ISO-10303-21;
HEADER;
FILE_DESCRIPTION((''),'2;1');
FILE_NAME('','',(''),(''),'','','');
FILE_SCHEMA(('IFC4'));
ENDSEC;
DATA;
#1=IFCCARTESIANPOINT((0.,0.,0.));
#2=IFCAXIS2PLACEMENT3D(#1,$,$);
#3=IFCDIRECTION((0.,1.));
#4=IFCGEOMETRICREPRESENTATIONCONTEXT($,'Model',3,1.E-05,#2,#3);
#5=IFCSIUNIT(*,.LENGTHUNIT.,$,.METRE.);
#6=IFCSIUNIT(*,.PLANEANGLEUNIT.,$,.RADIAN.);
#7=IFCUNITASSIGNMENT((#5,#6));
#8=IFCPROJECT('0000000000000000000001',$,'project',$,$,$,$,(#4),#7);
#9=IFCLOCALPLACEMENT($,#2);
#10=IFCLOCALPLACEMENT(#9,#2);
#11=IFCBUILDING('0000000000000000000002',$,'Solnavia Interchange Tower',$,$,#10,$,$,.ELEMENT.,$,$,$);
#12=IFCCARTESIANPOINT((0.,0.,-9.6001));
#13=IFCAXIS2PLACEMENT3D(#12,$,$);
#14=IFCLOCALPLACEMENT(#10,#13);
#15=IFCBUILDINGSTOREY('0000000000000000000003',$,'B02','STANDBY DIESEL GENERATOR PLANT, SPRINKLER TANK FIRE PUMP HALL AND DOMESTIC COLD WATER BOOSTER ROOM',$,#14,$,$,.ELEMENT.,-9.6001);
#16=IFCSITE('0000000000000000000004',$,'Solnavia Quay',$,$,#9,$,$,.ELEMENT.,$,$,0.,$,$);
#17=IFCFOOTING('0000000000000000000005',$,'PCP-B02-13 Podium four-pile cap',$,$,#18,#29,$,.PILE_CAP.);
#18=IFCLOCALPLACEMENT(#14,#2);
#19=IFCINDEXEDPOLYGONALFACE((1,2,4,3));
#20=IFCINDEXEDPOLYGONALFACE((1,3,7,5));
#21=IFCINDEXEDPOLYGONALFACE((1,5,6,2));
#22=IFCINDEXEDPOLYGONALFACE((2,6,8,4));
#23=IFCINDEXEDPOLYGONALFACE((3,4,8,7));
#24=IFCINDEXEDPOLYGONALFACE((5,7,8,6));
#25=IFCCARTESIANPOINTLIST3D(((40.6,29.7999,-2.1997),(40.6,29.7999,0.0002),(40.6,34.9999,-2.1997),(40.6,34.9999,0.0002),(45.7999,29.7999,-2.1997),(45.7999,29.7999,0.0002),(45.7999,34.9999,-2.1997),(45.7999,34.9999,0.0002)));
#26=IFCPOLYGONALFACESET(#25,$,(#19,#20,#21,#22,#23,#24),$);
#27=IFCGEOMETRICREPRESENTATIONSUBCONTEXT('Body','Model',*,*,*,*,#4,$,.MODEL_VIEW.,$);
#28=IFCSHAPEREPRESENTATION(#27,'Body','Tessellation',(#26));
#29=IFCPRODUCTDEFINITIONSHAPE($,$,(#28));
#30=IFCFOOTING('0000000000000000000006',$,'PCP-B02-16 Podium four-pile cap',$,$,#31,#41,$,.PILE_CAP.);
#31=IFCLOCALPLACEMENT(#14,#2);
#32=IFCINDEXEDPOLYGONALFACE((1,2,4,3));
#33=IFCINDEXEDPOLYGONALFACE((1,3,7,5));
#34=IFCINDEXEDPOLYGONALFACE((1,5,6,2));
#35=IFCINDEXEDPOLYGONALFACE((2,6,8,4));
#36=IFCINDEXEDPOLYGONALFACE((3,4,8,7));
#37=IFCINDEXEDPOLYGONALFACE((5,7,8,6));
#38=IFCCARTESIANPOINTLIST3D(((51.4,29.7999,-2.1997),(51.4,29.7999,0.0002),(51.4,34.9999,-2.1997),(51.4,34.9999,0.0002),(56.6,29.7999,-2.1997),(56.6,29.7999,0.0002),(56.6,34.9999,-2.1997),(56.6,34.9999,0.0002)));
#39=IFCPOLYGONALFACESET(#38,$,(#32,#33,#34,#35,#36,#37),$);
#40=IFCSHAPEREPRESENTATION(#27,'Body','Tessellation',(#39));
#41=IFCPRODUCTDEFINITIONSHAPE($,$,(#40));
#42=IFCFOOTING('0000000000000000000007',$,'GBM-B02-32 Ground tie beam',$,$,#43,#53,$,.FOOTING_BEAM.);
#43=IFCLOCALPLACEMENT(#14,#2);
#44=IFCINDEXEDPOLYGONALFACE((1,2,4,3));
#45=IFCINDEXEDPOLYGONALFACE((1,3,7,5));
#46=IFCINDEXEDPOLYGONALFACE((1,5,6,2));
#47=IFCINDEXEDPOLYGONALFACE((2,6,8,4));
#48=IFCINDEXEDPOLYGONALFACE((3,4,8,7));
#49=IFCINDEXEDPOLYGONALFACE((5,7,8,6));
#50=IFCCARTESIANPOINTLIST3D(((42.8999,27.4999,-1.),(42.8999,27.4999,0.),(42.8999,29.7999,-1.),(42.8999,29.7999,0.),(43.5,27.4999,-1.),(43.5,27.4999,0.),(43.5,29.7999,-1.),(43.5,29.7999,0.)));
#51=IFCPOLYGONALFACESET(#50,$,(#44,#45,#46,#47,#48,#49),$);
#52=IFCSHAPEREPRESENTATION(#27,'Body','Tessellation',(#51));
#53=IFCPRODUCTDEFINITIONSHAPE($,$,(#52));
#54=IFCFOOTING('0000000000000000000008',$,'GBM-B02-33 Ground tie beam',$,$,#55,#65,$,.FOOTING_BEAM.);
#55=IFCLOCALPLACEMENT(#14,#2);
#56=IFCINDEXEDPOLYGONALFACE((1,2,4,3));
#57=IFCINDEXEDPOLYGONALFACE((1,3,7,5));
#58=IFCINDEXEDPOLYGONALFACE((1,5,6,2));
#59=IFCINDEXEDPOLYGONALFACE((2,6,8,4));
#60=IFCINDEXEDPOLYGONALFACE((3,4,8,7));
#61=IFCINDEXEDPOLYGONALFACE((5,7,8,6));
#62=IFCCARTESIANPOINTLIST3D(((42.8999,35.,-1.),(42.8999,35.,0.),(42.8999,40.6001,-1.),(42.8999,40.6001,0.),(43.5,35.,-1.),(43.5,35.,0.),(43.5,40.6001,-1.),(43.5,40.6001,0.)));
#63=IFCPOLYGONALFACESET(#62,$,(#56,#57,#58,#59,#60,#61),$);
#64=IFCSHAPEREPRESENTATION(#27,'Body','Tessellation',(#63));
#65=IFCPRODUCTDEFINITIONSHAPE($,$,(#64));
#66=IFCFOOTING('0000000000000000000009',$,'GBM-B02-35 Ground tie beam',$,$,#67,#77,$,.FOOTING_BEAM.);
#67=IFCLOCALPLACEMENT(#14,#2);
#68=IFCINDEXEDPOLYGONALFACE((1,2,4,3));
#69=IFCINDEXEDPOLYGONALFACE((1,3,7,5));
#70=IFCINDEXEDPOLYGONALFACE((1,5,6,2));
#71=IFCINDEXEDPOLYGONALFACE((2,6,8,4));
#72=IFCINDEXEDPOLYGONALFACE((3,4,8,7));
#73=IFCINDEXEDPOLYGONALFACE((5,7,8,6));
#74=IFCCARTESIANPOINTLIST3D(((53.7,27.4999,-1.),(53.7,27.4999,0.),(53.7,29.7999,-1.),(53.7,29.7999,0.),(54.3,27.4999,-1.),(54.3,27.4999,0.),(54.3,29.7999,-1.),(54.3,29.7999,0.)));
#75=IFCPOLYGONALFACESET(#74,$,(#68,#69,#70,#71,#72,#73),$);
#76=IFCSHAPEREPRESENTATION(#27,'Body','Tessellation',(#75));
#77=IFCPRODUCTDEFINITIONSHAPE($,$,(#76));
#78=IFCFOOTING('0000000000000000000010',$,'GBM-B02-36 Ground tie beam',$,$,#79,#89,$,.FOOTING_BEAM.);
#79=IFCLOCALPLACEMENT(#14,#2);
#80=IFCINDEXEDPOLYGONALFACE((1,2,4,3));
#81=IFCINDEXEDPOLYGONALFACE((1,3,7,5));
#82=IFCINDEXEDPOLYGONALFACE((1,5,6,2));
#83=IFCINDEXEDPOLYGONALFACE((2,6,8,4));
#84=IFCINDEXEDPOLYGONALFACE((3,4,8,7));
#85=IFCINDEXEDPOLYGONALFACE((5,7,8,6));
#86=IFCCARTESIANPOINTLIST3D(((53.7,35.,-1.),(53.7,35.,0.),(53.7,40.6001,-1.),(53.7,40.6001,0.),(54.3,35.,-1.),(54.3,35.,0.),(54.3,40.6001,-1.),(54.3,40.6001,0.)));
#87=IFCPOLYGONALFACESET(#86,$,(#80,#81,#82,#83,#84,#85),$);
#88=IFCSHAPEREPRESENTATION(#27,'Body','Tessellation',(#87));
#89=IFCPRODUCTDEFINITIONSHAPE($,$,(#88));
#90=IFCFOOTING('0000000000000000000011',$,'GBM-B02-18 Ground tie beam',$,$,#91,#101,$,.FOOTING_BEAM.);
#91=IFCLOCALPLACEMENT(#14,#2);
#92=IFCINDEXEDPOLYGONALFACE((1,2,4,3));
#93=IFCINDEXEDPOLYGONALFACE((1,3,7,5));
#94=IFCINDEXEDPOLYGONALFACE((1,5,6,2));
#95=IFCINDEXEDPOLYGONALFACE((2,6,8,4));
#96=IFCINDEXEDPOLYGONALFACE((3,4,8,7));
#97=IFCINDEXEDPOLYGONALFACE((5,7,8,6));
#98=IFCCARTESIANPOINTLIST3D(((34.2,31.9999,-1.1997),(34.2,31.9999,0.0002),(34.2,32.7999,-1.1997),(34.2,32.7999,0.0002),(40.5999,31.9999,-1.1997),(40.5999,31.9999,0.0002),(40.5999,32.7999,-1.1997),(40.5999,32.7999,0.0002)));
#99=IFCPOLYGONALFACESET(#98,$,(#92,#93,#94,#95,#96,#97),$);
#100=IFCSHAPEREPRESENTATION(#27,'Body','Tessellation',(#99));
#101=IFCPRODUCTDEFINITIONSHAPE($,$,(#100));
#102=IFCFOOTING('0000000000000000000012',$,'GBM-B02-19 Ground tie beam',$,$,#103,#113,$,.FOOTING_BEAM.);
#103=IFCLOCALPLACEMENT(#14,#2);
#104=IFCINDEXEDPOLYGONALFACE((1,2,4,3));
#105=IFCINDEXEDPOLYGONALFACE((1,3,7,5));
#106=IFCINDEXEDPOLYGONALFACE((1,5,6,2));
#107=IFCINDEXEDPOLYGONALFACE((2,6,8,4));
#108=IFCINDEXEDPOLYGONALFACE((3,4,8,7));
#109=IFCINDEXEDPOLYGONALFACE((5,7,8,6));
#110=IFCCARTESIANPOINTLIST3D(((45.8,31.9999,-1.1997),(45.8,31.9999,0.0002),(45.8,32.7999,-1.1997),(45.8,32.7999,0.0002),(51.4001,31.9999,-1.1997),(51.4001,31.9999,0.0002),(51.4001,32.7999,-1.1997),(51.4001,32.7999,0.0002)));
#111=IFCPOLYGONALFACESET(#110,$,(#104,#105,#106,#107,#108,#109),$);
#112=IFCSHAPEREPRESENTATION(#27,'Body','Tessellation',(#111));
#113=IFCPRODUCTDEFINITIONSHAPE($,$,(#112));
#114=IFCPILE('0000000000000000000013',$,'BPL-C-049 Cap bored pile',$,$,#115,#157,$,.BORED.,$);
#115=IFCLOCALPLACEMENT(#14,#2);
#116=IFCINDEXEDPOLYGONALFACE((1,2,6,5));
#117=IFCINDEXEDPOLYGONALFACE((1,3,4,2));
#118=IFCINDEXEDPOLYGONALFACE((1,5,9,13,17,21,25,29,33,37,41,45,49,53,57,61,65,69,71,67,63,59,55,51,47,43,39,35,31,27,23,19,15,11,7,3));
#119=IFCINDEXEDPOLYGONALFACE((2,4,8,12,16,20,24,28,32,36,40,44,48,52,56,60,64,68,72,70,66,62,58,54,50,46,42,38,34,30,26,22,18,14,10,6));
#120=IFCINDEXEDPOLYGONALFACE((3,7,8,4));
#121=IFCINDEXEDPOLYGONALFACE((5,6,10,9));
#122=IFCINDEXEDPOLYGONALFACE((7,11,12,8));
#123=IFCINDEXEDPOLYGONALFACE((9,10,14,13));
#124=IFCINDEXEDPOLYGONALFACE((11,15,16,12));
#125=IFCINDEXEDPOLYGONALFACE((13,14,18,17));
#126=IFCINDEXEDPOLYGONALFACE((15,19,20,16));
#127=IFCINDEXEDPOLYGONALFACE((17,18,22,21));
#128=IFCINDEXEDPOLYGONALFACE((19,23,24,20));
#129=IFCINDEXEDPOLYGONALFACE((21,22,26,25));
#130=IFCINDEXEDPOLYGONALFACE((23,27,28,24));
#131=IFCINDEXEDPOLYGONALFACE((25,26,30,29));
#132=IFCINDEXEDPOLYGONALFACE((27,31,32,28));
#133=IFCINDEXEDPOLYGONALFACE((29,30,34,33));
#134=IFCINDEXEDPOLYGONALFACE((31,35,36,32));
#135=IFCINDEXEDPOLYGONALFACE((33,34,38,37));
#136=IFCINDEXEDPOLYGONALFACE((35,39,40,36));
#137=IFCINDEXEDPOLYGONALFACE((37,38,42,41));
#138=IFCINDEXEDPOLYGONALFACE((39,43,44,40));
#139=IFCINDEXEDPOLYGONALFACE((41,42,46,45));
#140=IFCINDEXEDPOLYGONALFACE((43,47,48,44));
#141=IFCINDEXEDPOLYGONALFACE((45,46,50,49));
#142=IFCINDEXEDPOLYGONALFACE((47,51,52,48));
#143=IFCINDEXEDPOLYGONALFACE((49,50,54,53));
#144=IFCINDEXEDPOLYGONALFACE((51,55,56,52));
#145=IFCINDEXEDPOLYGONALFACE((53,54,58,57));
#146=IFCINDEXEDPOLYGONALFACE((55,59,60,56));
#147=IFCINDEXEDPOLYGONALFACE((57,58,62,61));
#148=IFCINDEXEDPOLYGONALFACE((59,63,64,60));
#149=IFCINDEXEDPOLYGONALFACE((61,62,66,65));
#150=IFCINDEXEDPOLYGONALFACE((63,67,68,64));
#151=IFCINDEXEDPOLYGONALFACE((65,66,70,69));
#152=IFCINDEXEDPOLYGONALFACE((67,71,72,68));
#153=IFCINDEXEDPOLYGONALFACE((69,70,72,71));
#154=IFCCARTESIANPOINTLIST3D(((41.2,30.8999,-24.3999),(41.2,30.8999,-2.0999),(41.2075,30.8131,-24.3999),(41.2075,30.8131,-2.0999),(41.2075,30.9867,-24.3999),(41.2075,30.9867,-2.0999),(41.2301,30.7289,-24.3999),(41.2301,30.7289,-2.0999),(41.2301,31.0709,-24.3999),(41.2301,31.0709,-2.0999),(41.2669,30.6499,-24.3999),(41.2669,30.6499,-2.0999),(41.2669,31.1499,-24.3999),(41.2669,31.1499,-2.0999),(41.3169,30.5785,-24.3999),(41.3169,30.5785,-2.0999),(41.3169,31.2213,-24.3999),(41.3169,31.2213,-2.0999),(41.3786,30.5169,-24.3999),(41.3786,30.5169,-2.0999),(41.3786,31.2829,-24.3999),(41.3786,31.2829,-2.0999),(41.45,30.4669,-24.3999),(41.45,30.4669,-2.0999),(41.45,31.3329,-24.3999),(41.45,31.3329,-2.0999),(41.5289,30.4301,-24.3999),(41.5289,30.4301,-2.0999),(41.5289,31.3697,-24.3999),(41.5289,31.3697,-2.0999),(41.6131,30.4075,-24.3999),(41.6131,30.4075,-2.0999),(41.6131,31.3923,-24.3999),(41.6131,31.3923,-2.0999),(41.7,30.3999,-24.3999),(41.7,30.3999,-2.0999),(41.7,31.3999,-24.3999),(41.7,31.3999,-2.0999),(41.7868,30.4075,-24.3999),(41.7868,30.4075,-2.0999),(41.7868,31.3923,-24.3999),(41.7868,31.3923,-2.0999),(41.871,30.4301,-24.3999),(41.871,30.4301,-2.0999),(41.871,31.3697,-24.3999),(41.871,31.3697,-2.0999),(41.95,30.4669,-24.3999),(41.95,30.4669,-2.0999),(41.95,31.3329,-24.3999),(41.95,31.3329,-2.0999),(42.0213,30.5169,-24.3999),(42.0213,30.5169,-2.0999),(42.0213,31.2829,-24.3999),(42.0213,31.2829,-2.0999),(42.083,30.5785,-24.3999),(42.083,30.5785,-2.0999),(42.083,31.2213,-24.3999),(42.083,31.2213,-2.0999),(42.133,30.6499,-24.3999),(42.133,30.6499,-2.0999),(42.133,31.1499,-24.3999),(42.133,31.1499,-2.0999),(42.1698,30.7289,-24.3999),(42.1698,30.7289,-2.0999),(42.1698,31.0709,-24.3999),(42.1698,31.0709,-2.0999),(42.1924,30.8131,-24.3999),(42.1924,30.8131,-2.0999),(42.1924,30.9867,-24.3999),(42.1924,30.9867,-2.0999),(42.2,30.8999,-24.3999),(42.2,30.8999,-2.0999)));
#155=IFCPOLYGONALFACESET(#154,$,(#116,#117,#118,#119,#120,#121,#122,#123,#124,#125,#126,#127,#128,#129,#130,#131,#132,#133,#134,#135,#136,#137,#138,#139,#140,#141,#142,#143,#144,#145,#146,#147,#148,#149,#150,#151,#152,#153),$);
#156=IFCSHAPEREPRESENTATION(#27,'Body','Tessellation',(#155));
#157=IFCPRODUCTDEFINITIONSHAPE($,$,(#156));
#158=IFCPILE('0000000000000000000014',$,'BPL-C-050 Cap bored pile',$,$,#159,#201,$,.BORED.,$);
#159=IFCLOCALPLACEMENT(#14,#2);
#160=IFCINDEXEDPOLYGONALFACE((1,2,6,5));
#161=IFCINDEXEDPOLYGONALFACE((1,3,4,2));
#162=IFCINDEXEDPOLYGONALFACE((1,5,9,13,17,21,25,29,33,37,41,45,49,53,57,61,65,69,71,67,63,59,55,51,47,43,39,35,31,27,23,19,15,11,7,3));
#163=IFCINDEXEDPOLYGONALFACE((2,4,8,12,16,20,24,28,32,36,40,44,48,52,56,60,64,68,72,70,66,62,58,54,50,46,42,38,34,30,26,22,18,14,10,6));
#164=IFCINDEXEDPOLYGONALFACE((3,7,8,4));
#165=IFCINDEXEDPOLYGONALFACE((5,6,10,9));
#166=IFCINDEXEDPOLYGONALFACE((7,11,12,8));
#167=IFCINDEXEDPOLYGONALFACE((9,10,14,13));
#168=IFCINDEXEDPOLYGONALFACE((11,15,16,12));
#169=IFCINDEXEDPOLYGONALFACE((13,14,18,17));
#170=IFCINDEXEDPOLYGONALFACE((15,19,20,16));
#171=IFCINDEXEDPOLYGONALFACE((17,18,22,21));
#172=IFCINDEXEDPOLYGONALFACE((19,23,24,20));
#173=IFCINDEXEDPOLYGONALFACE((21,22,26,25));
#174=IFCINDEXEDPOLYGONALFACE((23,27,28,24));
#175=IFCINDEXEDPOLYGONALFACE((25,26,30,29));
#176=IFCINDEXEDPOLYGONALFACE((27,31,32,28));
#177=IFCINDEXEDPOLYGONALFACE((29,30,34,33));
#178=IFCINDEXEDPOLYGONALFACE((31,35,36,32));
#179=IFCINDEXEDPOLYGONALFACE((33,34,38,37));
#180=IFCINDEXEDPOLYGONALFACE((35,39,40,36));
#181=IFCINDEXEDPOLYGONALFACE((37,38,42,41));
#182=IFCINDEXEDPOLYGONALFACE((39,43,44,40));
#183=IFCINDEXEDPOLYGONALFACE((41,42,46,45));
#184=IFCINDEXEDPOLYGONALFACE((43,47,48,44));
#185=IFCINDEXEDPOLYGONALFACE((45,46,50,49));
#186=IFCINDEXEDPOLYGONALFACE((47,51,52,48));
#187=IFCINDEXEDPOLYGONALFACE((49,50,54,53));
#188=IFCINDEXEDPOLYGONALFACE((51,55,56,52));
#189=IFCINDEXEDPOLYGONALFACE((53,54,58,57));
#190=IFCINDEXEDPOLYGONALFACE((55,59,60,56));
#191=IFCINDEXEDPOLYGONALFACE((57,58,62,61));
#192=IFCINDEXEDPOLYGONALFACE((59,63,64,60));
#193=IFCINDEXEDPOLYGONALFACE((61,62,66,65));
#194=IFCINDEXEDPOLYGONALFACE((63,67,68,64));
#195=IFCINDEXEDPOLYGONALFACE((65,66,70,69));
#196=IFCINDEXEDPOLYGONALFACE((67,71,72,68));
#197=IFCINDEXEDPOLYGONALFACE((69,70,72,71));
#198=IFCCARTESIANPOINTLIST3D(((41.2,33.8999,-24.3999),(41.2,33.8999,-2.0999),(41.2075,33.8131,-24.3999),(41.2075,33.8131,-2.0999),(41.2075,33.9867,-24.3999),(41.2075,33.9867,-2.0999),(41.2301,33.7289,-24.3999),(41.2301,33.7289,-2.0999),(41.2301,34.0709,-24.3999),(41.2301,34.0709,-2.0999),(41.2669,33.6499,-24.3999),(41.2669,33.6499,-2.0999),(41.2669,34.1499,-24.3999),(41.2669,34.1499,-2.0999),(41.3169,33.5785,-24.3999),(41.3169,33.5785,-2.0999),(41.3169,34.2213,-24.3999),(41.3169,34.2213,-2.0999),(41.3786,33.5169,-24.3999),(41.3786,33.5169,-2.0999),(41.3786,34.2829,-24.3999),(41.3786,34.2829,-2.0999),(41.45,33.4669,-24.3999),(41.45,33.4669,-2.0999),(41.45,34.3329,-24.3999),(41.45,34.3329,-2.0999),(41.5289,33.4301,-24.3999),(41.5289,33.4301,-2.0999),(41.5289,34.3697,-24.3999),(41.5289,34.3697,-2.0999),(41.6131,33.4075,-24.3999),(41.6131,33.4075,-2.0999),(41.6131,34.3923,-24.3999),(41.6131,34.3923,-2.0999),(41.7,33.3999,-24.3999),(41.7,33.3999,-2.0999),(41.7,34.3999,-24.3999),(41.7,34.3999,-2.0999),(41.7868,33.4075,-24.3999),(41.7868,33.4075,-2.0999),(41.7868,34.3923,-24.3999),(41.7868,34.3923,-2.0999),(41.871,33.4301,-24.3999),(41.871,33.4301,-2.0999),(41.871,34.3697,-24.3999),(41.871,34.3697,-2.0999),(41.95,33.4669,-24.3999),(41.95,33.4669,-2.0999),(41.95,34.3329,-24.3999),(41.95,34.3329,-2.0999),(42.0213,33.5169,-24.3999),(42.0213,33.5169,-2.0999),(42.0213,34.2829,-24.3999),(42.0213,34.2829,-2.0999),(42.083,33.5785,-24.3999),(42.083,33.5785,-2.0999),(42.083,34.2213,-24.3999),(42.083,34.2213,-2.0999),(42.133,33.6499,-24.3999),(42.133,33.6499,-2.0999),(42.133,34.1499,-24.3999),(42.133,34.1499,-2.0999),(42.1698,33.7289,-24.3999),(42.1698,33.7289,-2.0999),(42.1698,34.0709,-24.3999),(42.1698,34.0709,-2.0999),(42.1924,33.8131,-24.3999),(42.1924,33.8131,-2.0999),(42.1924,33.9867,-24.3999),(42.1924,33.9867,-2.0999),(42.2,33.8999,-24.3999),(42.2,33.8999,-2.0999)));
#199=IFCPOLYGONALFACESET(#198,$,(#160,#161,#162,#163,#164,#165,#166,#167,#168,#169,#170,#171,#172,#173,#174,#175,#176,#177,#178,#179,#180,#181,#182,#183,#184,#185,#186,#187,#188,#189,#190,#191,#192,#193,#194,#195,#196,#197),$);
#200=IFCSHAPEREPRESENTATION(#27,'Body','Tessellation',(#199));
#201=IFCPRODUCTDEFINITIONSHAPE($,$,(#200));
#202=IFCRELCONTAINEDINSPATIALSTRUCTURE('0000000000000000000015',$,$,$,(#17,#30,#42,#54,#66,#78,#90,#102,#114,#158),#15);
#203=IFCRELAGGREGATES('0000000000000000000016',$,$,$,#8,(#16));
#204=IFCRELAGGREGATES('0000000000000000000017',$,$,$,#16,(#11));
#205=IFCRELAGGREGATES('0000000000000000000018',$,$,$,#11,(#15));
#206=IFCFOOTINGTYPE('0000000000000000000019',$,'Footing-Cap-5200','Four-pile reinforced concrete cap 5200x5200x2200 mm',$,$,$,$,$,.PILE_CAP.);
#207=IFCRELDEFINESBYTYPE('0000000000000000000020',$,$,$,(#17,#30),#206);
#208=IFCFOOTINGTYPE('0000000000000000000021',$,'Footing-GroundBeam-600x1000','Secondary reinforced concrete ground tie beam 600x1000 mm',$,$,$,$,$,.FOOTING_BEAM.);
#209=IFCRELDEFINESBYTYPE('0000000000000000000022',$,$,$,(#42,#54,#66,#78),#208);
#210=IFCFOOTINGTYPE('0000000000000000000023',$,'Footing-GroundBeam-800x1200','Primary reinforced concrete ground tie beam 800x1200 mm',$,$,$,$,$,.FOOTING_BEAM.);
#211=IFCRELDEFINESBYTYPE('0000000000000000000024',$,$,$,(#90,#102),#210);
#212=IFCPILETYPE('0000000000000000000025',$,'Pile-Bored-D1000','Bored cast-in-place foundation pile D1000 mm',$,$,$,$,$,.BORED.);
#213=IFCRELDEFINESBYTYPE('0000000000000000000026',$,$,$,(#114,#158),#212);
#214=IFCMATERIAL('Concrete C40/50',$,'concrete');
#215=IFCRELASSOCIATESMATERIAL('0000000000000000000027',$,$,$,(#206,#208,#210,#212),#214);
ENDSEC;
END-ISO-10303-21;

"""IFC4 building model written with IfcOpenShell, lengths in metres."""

from ifc_helpers import new_model, si_unit, direction, frame, origin, origin_2d, place, context, subcontext, project, spatial, rectangle, circle, extrude, material, material_profile, profile_set, type_object, element, save


model = new_model("IFC4")

# Units and contexts
model_context = context("Model", 3, precision=1e-05, world=origin(), true_north=direction((0.0, 1.0)))
body_context = subcontext(model_context, "Body", "Model", "MODEL_VIEW")
ifc_project = project(units=[si_unit("LENGTHUNIT", "METRE"), si_unit("PLANEANGLEUNIT", "RADIAN")], contexts=[model_context])

# Site, building, storey
site_placement = place(None, origin())
site = spatial("IfcSite", under=ifc_project, at=site_placement, Name="Solnavia Quay", CompositionType="ELEMENT", RefElevation=0.0)
building_placement = place(site_placement, origin())
building = spatial("IfcBuilding", under=site, at=building_placement, Name="Solnavia Interchange Tower", CompositionType="ELEMENT")
storey_placement = place(building_placement, frame((0.0, 0.0, -9.6001)))
storey = spatial("IfcBuildingStorey", under=building, at=storey_placement, Name="B02", Description="STANDBY DIESEL GENERATOR PLANT, SPRINKLER TANK FIRE PUMP HALL AND DOMESTIC COLD WATER BOOSTER ROOM", CompositionType="ELEMENT", Elevation=-9.6001)

# Footings
ifc_material_1 = material(Name="Concrete C40/50", Category="concrete")
footing_type_1 = type_object("IfcFootingType", Name="Footing-Cap-5200", Description="Four-pile reinforced concrete cap 5200x5200x2200 mm", PredefinedType="PILE_CAP", material=ifc_material_1)
for number, where, z_axis, x_axis, name in (
    (1, (43.2, 32.3999, -2.1997), (0.0, 0.0, 1.0), (1.0, 0.0, 0.0), "PCP-B02-13 Podium four-pile cap"),
    (2, (54.0, 32.3999, -2.1997), (0.0, 0.0, 1.0), (1.0, 0.0, 0.0), "PCP-B02-16 Podium four-pile cap"),
):
    element("IfcFooting", number, at=place(storey_placement, frame(where, z_axis=z_axis, x_axis=x_axis)), inside=storey, type_object=footing_type_1, Name=name, PredefinedType="PILE_CAP", context=body_context, shape_type="SweptSolid", body=[
        extrude(rectangle(XDim=5.2, YDim=5.2, at=origin_2d()), origin(), (0.0, 0.0, 1.0), 2.2),
    ])
footing_type_2 = type_object("IfcFootingType", Name="Footing-GroundBeam-600x1000", Description="Secondary reinforced concrete ground tie beam 600x1000 mm", PredefinedType="FOOTING_BEAM", material=ifc_material_1)
footing_1_placement = place(storey_placement, frame((43.2, 28.6499, -1.0), z_axis=(0.0, 0.0, 1.0), x_axis=(0.0, 1.0, 0.0)))
element("IfcFooting", 3, at=footing_1_placement, inside=storey, type_object=footing_type_2, Name="GBM-B02-32 Ground tie beam", PredefinedType="FOOTING_BEAM", context=body_context, shape_type="SweptSolid", body=[
    extrude(rectangle(XDim=2.3, YDim=0.6001, at=origin_2d()), origin(), (0.0, 0.0, 1.0), 1.0),
])
footing_2_placement = place(storey_placement, frame((43.2, 37.8, -1.0), z_axis=(0.0, 0.0, 1.0), x_axis=(0.0, 1.0, 0.0)))
element("IfcFooting", 4, at=footing_2_placement, inside=storey, type_object=footing_type_2, Name="GBM-B02-33 Ground tie beam", PredefinedType="FOOTING_BEAM", context=body_context, shape_type="SweptSolid", body=[
    extrude(rectangle(XDim=5.6001, YDim=0.6001, at=origin_2d()), origin(), (0.0, 0.0, 1.0), 1.0),
])
footing_3_placement = place(storey_placement, frame((54.0, 28.6499, -1.0), z_axis=(0.0, 0.0, 1.0), x_axis=(0.0, 1.0, 0.0)))
element("IfcFooting", 5, at=footing_3_placement, inside=storey, type_object=footing_type_2, Name="GBM-B02-35 Ground tie beam", PredefinedType="FOOTING_BEAM", context=body_context, shape_type="SweptSolid", body=[
    extrude(rectangle(XDim=2.3, YDim=0.6001, at=origin_2d()), origin(), (0.0, 0.0, 1.0), 1.0),
])
footing_4_placement = place(storey_placement, frame((54.0, 37.8, -1.0), z_axis=(0.0, 0.0, 1.0), x_axis=(0.0, 1.0, 0.0)))
element("IfcFooting", 6, at=footing_4_placement, inside=storey, type_object=footing_type_2, Name="GBM-B02-36 Ground tie beam", PredefinedType="FOOTING_BEAM", context=body_context, shape_type="SweptSolid", body=[
    extrude(rectangle(XDim=5.6001, YDim=0.6001, at=origin_2d()), origin(), (0.0, 0.0, 1.0), 1.0),
])
footing_type_3 = type_object("IfcFootingType", Name="Footing-GroundBeam-800x1200", Description="Primary reinforced concrete ground tie beam 800x1200 mm", PredefinedType="FOOTING_BEAM", material=ifc_material_1)
footing_5_placement = place(storey_placement, frame((37.3999, 32.3999, -1.1997), z_axis=(0.0, 0.0, 1.0), x_axis=(1.0, 0.0, 0.0)))
element("IfcFooting", 7, at=footing_5_placement, inside=storey, type_object=footing_type_3, Name="GBM-B02-18 Ground tie beam", PredefinedType="FOOTING_BEAM", context=body_context, shape_type="SweptSolid", body=[
    extrude(rectangle(XDim=6.3999, YDim=0.8, at=origin_2d()), origin(), (0.0, 0.0, 1.0), 1.2),
])
footing_6_placement = place(storey_placement, frame((48.6001, 32.3999, -1.1997), z_axis=(0.0, 0.0, 1.0), x_axis=(1.0, 0.0, 0.0)))
element("IfcFooting", 8, at=footing_6_placement, inside=storey, type_object=footing_type_3, Name="GBM-B02-19 Ground tie beam", PredefinedType="FOOTING_BEAM", context=body_context, shape_type="SweptSolid", body=[
    extrude(rectangle(XDim=5.6001, YDim=0.8, at=origin_2d()), origin(), (0.0, 0.0, 1.0), 1.2),
])

# Piles
ifc_material_profile_1 = material_profile(ifc_material_1, circle(Radius=0.5, at=origin_2d()), Name="PILE D1000")
ifc_profile_set_1 = profile_set([ifc_material_profile_1], Name="Concrete C40/50")
pile_type = type_object("IfcPileType", Name="Pile-Bored-D1000", Description="Bored cast-in-place foundation pile D1000 mm", PredefinedType="BORED", material=ifc_profile_set_1)
for number, where, z_axis, x_axis, name in (
    (9, (41.7, 30.8999, -2.0999), (0.0, 0.0, -1.0), (1.0, 0.0, 0.0), "BPL-C-049 Cap bored pile"),
    (10, (41.7, 33.8999, -2.0999), (0.0, 0.0, -1.0), (1.0, 0.0, 0.0), "BPL-C-050 Cap bored pile"),
):
    element("IfcPile", number, at=place(storey_placement, frame(where, z_axis=z_axis, x_axis=x_axis)), inside=storey, type_object=pile_type, Name=name, PredefinedType="BORED", context=body_context, shape_type="SweptSolid", body=[
        extrude(circle(Radius=0.5, at=origin_2d()), origin(), (0.0, 0.0, 1.0), 22.3),
    ])

save(model, "model.ifc")
